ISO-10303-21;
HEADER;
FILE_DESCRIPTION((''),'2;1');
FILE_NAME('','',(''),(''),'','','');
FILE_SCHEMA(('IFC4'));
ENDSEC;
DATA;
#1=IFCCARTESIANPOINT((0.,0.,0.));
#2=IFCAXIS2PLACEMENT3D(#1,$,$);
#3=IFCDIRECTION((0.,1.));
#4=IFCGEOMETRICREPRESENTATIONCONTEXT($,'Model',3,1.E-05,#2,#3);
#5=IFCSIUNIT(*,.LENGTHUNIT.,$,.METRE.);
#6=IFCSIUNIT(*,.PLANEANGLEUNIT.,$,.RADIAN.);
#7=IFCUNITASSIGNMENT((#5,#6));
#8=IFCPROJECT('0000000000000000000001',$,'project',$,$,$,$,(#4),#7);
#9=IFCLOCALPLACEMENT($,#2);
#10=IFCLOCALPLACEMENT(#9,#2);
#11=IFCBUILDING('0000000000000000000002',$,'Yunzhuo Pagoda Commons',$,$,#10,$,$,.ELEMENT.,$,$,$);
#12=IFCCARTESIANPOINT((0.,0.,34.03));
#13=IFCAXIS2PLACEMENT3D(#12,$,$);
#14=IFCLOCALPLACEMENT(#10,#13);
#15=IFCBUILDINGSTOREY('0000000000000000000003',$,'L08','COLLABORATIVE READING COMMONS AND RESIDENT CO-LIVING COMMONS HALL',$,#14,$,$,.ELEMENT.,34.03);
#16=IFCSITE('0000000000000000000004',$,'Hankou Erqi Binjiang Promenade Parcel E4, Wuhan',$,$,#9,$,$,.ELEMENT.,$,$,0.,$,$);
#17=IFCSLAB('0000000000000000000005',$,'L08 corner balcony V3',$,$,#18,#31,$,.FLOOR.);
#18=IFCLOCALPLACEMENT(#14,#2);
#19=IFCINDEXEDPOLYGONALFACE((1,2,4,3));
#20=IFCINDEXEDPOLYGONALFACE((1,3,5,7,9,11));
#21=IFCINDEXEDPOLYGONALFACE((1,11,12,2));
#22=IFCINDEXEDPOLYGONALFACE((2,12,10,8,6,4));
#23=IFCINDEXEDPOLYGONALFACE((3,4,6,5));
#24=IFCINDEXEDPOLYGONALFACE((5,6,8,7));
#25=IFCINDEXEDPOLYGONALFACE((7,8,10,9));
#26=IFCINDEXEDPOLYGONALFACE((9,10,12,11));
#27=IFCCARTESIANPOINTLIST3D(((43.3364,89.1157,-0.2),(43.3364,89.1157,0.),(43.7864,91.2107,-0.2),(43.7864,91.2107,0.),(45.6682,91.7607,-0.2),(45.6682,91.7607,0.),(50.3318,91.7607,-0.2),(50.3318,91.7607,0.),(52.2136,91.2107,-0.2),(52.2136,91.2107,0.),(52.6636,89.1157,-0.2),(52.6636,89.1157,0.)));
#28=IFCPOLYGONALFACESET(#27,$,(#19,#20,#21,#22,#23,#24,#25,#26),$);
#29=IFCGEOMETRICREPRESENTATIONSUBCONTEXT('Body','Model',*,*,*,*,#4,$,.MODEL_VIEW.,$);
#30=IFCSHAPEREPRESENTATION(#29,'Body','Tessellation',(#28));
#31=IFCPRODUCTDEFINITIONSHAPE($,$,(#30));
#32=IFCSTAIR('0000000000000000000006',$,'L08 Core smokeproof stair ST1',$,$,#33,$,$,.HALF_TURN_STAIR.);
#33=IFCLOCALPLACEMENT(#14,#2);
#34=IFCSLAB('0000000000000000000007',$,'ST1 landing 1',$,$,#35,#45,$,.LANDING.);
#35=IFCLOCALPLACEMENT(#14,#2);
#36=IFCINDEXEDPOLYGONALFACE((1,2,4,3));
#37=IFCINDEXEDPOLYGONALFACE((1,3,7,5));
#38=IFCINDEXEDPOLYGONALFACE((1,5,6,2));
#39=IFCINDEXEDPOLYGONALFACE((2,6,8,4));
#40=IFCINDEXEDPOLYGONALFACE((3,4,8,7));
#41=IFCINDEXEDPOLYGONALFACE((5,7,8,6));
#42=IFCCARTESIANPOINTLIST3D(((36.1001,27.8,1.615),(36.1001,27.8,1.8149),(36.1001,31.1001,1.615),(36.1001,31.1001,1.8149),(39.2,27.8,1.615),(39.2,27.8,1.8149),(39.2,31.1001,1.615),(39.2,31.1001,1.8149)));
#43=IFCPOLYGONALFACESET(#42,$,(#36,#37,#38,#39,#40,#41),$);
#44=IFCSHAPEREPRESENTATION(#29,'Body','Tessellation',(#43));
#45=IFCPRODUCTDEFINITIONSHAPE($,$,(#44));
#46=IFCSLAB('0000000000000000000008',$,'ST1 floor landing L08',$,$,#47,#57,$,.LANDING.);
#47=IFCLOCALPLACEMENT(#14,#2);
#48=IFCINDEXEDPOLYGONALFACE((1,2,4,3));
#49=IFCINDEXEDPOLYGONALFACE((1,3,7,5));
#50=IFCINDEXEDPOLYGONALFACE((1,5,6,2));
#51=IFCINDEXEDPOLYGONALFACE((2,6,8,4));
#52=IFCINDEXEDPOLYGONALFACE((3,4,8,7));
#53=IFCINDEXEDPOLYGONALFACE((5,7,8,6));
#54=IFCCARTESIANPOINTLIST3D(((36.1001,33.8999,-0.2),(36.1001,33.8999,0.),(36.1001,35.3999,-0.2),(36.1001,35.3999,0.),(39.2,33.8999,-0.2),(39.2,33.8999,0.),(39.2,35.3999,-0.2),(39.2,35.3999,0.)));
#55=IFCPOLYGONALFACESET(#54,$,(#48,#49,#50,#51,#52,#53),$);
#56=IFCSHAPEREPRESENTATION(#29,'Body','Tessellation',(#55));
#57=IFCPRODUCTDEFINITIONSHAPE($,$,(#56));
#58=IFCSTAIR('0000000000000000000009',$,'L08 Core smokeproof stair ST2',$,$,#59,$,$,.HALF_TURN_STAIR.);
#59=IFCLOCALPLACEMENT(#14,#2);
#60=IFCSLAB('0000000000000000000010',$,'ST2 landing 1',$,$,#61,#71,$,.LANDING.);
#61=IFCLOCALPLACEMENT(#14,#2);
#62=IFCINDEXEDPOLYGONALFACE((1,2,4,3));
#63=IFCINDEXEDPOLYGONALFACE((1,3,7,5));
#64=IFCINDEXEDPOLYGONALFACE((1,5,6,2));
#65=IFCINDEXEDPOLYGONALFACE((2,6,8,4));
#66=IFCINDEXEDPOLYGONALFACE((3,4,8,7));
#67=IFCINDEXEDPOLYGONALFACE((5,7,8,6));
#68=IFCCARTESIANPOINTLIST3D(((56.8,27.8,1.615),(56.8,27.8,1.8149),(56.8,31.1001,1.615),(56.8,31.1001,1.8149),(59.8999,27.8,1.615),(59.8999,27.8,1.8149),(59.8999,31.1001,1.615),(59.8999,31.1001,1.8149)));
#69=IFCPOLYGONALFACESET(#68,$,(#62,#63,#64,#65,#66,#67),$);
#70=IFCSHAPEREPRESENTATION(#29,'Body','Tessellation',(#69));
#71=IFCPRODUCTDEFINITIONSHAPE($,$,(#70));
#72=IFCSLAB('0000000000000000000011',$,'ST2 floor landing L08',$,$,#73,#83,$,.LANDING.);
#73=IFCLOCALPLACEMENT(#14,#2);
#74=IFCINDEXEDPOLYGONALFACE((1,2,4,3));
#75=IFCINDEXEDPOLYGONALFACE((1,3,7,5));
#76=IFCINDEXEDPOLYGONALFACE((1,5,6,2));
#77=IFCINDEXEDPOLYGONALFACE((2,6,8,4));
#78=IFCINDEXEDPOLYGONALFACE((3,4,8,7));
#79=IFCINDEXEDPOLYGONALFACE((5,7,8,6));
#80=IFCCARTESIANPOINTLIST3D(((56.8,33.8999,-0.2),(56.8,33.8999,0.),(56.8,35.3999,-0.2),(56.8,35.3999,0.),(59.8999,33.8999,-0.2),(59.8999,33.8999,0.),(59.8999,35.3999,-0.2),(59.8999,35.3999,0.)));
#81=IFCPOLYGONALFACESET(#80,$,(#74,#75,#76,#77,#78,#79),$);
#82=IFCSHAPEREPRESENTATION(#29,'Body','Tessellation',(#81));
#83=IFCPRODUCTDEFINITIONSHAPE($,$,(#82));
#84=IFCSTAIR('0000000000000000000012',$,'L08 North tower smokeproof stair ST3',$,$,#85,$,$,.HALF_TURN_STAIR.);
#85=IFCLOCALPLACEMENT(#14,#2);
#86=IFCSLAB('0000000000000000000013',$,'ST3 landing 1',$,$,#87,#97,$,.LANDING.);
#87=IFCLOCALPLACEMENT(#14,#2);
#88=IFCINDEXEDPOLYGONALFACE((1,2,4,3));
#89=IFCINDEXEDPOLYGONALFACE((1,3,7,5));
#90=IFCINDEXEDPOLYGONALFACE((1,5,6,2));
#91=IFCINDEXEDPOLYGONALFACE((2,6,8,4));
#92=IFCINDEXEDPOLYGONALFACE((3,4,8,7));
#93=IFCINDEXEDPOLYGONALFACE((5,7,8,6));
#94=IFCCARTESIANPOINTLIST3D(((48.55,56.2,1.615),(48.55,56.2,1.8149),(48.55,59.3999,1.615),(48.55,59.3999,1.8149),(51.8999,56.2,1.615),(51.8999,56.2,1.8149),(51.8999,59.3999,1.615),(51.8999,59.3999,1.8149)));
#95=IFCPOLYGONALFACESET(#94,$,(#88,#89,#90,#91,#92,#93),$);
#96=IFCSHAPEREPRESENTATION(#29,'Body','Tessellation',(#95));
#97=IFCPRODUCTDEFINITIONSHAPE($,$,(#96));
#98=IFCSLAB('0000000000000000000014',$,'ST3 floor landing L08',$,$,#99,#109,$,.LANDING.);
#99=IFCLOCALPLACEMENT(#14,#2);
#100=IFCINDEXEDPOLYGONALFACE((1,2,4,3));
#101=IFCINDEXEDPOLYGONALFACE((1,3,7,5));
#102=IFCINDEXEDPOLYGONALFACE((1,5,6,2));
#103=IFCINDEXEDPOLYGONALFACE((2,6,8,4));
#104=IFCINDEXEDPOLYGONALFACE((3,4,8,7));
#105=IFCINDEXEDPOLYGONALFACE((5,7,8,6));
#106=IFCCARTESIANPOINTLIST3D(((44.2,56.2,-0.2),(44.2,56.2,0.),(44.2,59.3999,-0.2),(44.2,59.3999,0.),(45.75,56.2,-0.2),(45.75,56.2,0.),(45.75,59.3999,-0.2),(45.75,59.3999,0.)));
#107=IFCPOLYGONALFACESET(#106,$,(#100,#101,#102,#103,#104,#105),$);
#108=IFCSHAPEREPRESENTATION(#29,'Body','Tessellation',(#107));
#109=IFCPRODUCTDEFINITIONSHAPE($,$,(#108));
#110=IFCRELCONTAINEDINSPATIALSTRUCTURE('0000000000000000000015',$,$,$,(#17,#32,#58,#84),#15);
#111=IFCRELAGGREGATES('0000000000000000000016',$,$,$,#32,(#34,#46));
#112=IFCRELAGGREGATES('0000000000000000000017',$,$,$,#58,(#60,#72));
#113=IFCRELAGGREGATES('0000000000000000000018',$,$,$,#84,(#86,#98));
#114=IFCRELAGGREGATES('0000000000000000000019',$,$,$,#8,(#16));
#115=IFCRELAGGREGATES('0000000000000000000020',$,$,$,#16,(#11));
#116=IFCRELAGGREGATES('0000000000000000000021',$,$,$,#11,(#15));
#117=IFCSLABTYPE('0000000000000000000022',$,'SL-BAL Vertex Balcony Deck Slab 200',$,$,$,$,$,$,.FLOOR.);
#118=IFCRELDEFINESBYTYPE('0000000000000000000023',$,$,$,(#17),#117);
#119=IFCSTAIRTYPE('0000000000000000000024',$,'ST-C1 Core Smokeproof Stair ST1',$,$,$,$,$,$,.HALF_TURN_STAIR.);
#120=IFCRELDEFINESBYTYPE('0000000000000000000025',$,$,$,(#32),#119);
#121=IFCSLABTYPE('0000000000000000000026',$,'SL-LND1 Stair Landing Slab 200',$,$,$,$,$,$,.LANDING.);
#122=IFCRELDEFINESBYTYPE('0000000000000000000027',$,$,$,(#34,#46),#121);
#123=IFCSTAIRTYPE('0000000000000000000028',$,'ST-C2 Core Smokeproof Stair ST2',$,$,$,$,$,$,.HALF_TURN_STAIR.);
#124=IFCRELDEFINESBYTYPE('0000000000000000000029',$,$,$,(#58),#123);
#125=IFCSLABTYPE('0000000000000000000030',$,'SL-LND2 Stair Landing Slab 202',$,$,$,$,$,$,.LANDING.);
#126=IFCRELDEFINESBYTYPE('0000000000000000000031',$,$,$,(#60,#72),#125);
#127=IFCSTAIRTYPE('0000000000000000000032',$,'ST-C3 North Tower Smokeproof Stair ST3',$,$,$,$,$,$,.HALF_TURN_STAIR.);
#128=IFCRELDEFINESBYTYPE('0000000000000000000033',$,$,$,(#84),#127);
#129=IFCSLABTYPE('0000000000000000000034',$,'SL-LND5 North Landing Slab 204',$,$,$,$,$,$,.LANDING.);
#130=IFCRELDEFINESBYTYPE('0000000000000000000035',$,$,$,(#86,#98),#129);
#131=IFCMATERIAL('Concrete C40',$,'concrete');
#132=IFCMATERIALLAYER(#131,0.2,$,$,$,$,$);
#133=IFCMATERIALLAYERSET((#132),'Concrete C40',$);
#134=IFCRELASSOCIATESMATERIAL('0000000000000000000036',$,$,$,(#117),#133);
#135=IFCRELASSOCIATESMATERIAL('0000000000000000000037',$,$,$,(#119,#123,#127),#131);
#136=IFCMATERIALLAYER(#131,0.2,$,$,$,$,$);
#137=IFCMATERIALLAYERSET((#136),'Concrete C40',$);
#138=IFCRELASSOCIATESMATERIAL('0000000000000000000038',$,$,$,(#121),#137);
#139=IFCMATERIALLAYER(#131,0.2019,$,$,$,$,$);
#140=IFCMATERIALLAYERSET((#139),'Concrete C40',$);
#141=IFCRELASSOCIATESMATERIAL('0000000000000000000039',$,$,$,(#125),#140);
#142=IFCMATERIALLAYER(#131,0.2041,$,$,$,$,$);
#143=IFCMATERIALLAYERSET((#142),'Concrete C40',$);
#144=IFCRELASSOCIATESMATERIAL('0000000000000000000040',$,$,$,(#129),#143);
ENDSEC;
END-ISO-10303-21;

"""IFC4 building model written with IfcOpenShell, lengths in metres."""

from ifc_helpers import new_model, si_unit, direction, frame, origin, place, context, subcontext, project, spatial, polyline, outline, extrude, material, layer, layer_set, type_object, element, aggregate, save


model = new_model("IFC4")

# Units and contexts
model_context = context("Model", 3, precision=1e-05, world=origin(), true_north=direction((0.0, 1.0)))
body_context = subcontext(model_context, "Body", "Model", "MODEL_VIEW")
ifc_project = project(units=[si_unit("LENGTHUNIT", "METRE"), si_unit("PLANEANGLEUNIT", "RADIAN")], contexts=[model_context])

# Site, building, storey
site_placement = place(None, origin())
site = spatial("IfcSite", under=ifc_project, at=site_placement, Name="Hankou Erqi Binjiang Promenade Parcel E4, Wuhan", CompositionType="ELEMENT", RefElevation=0.0)
building_placement = place(site_placement, origin())
building = spatial("IfcBuilding", under=site, at=building_placement, Name="Yunzhuo Pagoda Commons", CompositionType="ELEMENT")
storey_placement = place(building_placement, frame((0.0, 0.0, 34.03)))
storey = spatial("IfcBuildingStorey", under=building, at=storey_placement, Name="L08", Description="COLLABORATIVE READING COMMONS AND RESIDENT CO-LIVING COMMONS HALL", CompositionType="ELEMENT", Elevation=34.03)

# Slab
ifc_material_1 = material(Name="Concrete C40", Category="concrete")
ifc_layer_1 = layer(ifc_material_1, 0.2)
ifc_layer_set_1 = layer_set([ifc_layer_1], Name="Concrete C40")
slab_type_1 = type_object("IfcSlabType", Name="SL-BAL Vertex Balcony Deck Slab 200", PredefinedType="FLOOR", material=ifc_layer_set_1)
slab_1_placement = place(storey_placement, frame((0.0, 0.0, -0.2)))
element("IfcSlab", 1, at=slab_1_placement, inside=storey, type_object=slab_type_1, Name="L08 corner balcony V3", PredefinedType="FLOOR", context=body_context, shape_type="SweptSolid", body=[
    extrude(outline(polyline([(52.6636, 89.1157), (43.3364, 89.1157), (43.7864, 91.2107), (45.6682, 91.7607), (50.3318, 91.7607), (52.2136, 91.2107), (52.6636, 89.1157)])), origin(), (0.0, 0.0, 1.0), 0.2),
])

# Stairs, slabs
stair_type_1 = type_object("IfcStairType", Name="ST-C1 Core Smokeproof Stair ST1", PredefinedType="HALF_TURN_STAIR", material=ifc_material_1)
stair_1_placement = place(storey_placement, origin())
stair_1 = element("IfcStair", 2, at=stair_1_placement, inside=storey, type_object=stair_type_1, Name="L08 Core smokeproof stair ST1", PredefinedType="HALF_TURN_STAIR")
ifc_layer_2 = layer(ifc_material_1, 0.2)
ifc_layer_set_2 = layer_set([ifc_layer_2], Name="Concrete C40")
slab_type_2 = type_object("IfcSlabType", Name="SL-LND1 Stair Landing Slab 200", PredefinedType="LANDING", material=ifc_layer_set_2)
slab_2_placement = place(storey_placement, frame((0.0, 0.0, 1.615)))
slab_2 = element("IfcSlab", 3, at=slab_2_placement, type_object=slab_type_2, Name="ST1 landing 1", PredefinedType="LANDING", context=body_context, shape_type="SweptSolid", body=[
    extrude(outline(polyline([(36.1001, 31.1001), (36.1001, 27.8), (39.2, 27.8), (39.2, 31.1001), (36.1001, 31.1001)])), origin(), (0.0, 0.0, 1.0), 0.2),
])
slab_3_placement = place(storey_placement, frame((0.0, 0.0, -0.2)))
slab_3 = element("IfcSlab", 4, at=slab_3_placement, type_object=slab_type_2, Name="ST1 floor landing L08", PredefinedType="LANDING", context=body_context, shape_type="SweptSolid", body=[
    extrude(outline(polyline([(36.1001, 35.3999), (36.1001, 33.8999), (39.2, 33.8999), (39.2, 35.3999), (36.1001, 35.3999)])), origin(), (0.0, 0.0, 1.0), 0.2),
])
aggregate(stair_1, [slab_2, slab_3])
stair_type_2 = type_object("IfcStairType", Name="ST-C2 Core Smokeproof Stair ST2", PredefinedType="HALF_TURN_STAIR", material=ifc_material_1)
stair_2_placement = place(storey_placement, origin())
stair_2 = element("IfcStair", 5, at=stair_2_placement, inside=storey, type_object=stair_type_2, Name="L08 Core smokeproof stair ST2", PredefinedType="HALF_TURN_STAIR")
ifc_layer_3 = layer(ifc_material_1, 0.2019)
ifc_layer_set_3 = layer_set([ifc_layer_3], Name="Concrete C40")
slab_type_3 = type_object("IfcSlabType", Name="SL-LND2 Stair Landing Slab 202", PredefinedType="LANDING", material=ifc_layer_set_3)
slab_4_placement = place(storey_placement, frame((0.0, 0.0, 1.615)))
slab_4 = element("IfcSlab", 6, at=slab_4_placement, type_object=slab_type_3, Name="ST2 landing 1", PredefinedType="LANDING", context=body_context, shape_type="SweptSolid", body=[
    extrude(outline(polyline([(56.8, 31.1001), (56.8, 27.8), (59.8999, 27.8), (59.8999, 31.1001), (56.8, 31.1001)])), origin(), (0.0, 0.0, 1.0), 0.2),
])
slab_5_placement = place(storey_placement, frame((0.0, 0.0, -0.2)))
slab_5 = element("IfcSlab", 7, at=slab_5_placement, type_object=slab_type_3, Name="ST2 floor landing L08", PredefinedType="LANDING", context=body_context, shape_type="SweptSolid", body=[
    extrude(outline(polyline([(56.8, 35.3999), (56.8, 33.8999), (59.8999, 33.8999), (59.8999, 35.3999), (56.8, 35.3999)])), origin(), (0.0, 0.0, 1.0), 0.2),
])
aggregate(stair_2, [slab_4, slab_5])
stair_type_3 = type_object("IfcStairType", Name="ST-C3 North Tower Smokeproof Stair ST3", PredefinedType="HALF_TURN_STAIR", material=ifc_material_1)
stair_3_placement = place(storey_placement, origin())
stair_3 = element("IfcStair", 8, at=stair_3_placement, inside=storey, type_object=stair_type_3, Name="L08 North tower smokeproof stair ST3", PredefinedType="HALF_TURN_STAIR")
ifc_layer_4 = layer(ifc_material_1, 0.2041)
ifc_layer_set_4 = layer_set([ifc_layer_4], Name="Concrete C40")
slab_type_4 = type_object("IfcSlabType", Name="SL-LND5 North Landing Slab 204", PredefinedType="LANDING", material=ifc_layer_set_4)
slab_6_placement = place(storey_placement, frame((0.0, 0.0, 1.615)))
slab_6 = element("IfcSlab", 9, at=slab_6_placement, type_object=slab_type_4, Name="ST3 landing 1", PredefinedType="LANDING", context=body_context, shape_type="SweptSolid", body=[
    extrude(outline(polyline([(48.55, 56.2), (51.8999, 56.2), (51.8999, 59.3999), (48.55, 59.3999), (48.55, 56.2)])), origin(), (0.0, 0.0, 1.0), 0.2),
])
slab_7_placement = place(storey_placement, frame((0.0, 0.0, -0.2)))
slab_7 = element("IfcSlab", 10, at=slab_7_placement, type_object=slab_type_4, Name="ST3 floor landing L08", PredefinedType="LANDING", context=body_context, shape_type="SweptSolid", body=[
    extrude(outline(polyline([(44.2, 56.2), (45.75, 56.2), (45.75, 59.3999), (44.2, 59.3999), (44.2, 56.2)])), origin(), (0.0, 0.0, 1.0), 0.2),
])
aggregate(stair_3, [slab_6, slab_7])

save(model, "model.ifc")
